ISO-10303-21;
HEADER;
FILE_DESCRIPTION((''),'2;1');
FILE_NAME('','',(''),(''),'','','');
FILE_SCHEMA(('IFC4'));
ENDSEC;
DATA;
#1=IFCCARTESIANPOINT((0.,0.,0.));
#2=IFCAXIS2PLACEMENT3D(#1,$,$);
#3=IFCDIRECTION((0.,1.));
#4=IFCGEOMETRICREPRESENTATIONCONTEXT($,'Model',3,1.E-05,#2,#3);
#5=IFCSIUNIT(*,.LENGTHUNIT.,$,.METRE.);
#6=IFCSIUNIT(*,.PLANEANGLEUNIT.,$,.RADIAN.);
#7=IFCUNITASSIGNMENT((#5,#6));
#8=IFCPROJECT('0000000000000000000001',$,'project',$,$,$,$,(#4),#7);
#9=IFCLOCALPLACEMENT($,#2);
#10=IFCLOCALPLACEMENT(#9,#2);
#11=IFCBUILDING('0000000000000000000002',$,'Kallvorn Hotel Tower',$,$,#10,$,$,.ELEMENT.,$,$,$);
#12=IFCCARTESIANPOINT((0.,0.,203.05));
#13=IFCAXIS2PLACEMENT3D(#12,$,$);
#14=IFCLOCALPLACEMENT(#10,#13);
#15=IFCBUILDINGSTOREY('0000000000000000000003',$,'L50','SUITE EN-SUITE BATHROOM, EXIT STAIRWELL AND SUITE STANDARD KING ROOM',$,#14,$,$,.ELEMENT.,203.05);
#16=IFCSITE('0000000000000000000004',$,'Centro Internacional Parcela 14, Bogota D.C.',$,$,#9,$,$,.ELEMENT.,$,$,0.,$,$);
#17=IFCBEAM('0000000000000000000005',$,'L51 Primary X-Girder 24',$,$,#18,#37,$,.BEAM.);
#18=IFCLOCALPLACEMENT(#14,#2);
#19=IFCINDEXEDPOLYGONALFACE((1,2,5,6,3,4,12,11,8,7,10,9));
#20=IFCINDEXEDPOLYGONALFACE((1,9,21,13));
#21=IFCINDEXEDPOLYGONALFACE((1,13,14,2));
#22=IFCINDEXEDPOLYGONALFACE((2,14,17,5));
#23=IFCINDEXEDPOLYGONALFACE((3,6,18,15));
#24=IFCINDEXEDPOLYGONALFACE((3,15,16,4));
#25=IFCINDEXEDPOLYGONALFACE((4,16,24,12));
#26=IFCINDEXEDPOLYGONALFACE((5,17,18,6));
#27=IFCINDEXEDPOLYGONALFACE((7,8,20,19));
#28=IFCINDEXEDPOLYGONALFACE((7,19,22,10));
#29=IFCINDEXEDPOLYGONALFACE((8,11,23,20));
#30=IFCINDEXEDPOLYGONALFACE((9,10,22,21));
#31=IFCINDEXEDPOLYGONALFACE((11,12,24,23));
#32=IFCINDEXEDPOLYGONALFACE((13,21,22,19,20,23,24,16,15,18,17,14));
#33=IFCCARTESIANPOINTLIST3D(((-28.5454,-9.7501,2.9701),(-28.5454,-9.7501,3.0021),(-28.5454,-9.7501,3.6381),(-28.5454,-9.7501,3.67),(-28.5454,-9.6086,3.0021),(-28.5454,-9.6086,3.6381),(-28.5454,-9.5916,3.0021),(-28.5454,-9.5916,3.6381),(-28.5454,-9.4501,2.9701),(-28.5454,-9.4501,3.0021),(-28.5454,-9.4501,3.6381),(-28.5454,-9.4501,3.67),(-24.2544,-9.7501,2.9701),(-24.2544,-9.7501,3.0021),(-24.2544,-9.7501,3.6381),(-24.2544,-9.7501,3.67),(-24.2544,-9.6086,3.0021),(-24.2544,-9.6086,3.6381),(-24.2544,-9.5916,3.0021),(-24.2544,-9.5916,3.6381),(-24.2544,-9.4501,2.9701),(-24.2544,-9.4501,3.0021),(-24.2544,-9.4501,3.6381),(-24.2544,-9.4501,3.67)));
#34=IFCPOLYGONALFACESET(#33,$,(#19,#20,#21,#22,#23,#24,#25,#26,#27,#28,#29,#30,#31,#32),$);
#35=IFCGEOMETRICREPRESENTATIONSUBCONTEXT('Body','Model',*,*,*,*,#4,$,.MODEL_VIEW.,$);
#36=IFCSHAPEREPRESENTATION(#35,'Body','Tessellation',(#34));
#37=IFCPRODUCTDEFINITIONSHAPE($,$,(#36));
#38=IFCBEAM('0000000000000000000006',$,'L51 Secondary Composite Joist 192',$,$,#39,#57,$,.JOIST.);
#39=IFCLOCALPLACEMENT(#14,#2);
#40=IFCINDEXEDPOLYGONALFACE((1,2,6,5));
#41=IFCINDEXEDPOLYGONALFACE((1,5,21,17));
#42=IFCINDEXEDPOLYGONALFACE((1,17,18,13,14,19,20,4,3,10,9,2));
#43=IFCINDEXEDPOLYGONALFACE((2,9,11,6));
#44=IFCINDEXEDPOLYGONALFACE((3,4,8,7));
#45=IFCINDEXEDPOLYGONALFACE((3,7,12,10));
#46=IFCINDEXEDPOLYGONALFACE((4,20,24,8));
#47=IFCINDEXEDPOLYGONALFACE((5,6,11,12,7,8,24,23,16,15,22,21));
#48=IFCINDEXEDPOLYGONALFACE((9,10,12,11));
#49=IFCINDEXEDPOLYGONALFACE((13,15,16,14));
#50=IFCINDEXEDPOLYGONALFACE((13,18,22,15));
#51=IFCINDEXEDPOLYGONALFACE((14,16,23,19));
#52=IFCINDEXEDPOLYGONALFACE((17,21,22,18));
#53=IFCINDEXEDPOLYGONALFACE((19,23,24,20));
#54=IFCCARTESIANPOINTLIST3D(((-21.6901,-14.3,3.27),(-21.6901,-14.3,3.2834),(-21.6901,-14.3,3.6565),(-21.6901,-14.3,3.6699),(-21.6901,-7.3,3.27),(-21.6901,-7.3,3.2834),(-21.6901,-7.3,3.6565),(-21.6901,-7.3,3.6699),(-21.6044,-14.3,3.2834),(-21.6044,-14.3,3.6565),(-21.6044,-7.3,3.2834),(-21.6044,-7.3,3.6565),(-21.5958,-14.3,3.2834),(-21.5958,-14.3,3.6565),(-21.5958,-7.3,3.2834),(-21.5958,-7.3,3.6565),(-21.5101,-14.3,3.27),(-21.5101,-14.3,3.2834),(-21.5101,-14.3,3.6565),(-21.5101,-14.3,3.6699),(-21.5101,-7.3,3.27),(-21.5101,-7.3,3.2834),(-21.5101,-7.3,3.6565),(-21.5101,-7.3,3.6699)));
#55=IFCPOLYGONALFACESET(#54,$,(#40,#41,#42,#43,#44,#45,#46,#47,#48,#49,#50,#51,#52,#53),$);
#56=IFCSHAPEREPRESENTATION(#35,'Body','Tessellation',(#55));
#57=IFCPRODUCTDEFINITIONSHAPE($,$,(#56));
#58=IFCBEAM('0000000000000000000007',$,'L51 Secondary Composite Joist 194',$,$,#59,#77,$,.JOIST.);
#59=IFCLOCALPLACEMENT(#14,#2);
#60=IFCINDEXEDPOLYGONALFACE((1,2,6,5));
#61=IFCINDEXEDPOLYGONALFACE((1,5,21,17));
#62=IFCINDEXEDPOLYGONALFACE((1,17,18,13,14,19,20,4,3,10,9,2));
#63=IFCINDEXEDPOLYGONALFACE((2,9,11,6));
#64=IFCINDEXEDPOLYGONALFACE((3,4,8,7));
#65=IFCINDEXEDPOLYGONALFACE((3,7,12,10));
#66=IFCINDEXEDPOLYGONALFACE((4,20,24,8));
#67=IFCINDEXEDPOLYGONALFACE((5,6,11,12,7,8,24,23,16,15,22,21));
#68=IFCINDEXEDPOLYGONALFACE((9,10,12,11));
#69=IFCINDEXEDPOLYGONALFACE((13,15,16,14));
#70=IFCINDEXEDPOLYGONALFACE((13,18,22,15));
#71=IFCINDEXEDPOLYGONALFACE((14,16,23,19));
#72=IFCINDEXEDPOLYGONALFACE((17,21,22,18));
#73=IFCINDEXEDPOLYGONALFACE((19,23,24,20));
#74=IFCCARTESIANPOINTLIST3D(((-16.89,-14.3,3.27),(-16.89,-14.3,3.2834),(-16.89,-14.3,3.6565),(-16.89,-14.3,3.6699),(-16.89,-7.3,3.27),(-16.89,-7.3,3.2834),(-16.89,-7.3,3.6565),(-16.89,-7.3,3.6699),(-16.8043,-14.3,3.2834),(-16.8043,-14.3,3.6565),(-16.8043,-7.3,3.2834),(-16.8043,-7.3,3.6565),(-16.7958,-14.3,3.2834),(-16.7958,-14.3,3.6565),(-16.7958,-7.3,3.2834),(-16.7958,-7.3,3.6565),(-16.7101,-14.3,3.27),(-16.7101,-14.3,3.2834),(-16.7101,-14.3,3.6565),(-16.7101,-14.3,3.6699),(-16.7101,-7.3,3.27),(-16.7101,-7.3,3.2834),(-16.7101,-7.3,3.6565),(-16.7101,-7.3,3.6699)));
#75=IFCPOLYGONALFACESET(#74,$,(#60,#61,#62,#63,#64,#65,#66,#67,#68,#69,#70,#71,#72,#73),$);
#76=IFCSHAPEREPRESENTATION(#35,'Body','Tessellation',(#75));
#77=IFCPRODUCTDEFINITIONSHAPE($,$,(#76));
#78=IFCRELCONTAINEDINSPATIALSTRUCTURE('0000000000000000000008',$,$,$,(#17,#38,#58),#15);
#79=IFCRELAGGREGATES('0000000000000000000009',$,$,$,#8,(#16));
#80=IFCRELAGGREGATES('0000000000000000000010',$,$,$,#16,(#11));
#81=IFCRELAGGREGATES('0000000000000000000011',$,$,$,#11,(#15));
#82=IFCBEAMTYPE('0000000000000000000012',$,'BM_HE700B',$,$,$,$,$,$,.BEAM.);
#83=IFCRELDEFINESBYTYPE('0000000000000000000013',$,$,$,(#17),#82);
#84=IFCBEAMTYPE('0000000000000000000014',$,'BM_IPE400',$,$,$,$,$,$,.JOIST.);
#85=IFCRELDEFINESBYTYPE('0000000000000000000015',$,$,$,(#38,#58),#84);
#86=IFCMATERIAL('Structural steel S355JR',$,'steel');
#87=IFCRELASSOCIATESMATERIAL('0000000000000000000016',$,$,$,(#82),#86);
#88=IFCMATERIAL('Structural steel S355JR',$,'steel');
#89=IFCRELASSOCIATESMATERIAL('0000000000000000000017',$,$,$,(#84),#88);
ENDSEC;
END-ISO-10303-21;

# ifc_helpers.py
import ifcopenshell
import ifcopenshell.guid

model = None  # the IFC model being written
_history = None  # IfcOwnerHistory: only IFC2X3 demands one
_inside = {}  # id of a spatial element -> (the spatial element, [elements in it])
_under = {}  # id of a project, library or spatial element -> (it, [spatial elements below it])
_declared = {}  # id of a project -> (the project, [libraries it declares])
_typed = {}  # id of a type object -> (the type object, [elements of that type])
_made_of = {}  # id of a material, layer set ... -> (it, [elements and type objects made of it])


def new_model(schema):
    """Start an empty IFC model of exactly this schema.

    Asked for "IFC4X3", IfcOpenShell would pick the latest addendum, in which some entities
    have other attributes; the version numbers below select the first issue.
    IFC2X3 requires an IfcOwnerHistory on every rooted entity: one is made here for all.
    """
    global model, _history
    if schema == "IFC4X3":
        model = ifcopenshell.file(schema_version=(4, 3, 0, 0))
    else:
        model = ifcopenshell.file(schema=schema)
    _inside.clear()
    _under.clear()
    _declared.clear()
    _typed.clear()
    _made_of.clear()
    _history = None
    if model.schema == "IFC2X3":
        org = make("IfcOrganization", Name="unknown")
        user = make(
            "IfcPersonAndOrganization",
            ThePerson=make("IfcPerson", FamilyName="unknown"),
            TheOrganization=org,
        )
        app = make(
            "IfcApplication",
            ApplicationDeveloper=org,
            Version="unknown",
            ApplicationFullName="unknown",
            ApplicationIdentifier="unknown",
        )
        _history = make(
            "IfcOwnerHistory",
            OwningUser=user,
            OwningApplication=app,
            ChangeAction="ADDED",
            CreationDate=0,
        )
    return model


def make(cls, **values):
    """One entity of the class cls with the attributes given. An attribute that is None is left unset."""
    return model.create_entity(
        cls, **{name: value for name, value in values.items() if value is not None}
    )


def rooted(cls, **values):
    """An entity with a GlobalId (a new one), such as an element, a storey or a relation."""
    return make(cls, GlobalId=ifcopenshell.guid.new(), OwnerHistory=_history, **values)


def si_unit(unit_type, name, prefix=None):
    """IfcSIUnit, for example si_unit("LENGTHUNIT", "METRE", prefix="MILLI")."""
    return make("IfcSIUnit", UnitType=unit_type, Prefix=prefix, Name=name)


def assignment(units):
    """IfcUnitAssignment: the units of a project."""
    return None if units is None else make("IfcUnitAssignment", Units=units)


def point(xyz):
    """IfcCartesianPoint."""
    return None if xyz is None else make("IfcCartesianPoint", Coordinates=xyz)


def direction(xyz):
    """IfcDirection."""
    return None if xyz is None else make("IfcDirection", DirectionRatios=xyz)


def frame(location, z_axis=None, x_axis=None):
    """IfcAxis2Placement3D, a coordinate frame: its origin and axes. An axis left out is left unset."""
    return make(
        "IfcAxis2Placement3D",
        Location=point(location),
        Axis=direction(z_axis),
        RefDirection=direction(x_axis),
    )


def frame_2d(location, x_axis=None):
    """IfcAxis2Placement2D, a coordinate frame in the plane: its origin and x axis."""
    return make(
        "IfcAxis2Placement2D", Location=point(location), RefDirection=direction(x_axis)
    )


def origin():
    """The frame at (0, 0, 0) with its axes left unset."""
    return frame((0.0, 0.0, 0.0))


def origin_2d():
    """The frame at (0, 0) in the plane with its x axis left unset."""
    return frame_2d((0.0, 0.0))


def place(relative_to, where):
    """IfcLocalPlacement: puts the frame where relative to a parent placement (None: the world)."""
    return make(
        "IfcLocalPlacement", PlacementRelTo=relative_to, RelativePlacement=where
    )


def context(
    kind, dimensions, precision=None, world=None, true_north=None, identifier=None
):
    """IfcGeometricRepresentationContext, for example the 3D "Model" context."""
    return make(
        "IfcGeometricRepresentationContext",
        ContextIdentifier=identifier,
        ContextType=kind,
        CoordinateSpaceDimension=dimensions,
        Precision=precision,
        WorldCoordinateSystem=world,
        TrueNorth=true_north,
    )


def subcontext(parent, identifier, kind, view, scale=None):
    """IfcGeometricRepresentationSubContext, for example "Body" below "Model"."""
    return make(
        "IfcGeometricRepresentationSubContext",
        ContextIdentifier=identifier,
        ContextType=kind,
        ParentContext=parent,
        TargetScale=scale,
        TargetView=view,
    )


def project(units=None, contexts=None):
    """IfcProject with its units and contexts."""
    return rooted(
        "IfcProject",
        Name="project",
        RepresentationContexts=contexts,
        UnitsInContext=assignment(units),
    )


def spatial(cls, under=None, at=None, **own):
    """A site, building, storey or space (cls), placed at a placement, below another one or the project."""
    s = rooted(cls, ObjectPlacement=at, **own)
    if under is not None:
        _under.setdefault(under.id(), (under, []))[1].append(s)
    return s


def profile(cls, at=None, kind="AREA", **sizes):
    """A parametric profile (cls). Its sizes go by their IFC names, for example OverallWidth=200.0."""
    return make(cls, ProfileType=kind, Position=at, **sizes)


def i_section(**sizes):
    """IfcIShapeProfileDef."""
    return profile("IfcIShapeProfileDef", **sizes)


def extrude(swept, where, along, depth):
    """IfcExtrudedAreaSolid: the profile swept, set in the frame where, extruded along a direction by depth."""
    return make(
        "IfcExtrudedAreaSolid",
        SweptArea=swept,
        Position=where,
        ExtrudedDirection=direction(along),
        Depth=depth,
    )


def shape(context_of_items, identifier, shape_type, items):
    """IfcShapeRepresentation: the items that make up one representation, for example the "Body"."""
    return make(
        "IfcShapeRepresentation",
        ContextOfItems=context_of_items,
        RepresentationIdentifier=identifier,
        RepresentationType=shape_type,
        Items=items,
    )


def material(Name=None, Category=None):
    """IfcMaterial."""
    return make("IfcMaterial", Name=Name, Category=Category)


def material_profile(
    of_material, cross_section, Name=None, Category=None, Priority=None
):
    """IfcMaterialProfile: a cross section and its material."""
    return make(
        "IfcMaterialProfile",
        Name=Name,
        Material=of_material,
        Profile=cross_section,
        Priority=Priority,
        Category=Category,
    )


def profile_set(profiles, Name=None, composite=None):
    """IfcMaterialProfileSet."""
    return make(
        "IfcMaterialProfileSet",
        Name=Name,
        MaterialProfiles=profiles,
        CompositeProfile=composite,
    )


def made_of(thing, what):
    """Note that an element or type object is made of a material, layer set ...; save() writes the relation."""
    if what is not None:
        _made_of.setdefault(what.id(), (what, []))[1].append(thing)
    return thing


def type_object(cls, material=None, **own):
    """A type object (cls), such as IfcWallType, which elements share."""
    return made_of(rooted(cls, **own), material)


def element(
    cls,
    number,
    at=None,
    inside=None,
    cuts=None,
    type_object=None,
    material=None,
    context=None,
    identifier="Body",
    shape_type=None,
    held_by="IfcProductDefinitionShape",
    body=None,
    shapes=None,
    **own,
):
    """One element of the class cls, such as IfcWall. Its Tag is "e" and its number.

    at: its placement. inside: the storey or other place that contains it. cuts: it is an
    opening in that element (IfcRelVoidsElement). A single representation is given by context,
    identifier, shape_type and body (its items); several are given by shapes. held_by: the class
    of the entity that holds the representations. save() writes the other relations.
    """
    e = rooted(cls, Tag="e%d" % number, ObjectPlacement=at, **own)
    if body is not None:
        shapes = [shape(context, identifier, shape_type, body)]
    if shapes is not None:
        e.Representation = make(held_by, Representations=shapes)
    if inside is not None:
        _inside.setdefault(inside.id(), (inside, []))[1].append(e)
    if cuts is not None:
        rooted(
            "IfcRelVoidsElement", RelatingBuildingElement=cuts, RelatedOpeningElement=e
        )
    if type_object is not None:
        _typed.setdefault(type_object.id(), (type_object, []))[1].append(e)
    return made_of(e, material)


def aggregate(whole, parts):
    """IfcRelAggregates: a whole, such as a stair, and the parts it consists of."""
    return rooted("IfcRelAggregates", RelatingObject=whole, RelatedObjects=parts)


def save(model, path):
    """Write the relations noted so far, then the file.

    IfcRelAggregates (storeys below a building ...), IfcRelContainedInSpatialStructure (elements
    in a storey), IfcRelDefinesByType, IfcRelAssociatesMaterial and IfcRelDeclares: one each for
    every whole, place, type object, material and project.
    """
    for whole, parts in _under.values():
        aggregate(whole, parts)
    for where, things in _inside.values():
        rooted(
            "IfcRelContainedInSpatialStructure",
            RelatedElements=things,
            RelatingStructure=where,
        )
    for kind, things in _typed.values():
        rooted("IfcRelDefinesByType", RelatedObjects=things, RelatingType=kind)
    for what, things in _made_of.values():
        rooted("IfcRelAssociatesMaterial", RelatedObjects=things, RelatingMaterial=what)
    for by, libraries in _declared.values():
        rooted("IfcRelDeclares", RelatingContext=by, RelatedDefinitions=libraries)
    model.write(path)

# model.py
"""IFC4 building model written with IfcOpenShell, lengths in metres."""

from ifc_helpers import new_model, si_unit, direction, frame, origin, origin_2d, place, context, subcontext, project, spatial, i_section, extrude, material, material_profile, profile_set, type_object, element, save


model = new_model("IFC4")

# Units and contexts
model_context = context("Model", 3, precision=1e-05, world=origin(), true_north=direction((0.0, 1.0)))
body_context = subcontext(model_context, "Body", "Model", "MODEL_VIEW")
ifc_project = project(units=[si_unit("LENGTHUNIT", "METRE"), si_unit("PLANEANGLEUNIT", "RADIAN")], contexts=[model_context])

# Site, building, storey
site_placement = place(None, origin())
site = spatial("IfcSite", under=ifc_project, at=site_placement, Name="Centro Internacional Parcela 14, Bogota D.C.", CompositionType="ELEMENT", RefElevation=0.0)
building_placement = place(site_placement, origin())
building = spatial("IfcBuilding", under=site, at=building_placement, Name="Kallvorn Hotel Tower", CompositionType="ELEMENT")
storey_placement = place(building_placement, frame((0.0, 0.0, 203.05)))
storey = spatial("IfcBuildingStorey", under=building, at=storey_placement, Name="L50", Description="SUITE EN-SUITE BATHROOM, EXIT STAIRWELL AND SUITE STANDARD KING ROOM", CompositionType="ELEMENT", Elevation=203.05)

# Beams
ifc_material_1 = material(Name="Structural steel S355JR", Category="steel")
ifc_material_profile_1 = material_profile(ifc_material_1, i_section(OverallWidth=0.3, OverallDepth=0.7, WebThickness=0.0171, FlangeThickness=0.032, at=origin_2d()), Name="HE 700 B")
ifc_profile_set_1 = profile_set([ifc_material_profile_1], Name="Structural steel S355JR")
beam_type_1 = type_object("IfcBeamType", Name="BM_HE700B", PredefinedType="BEAM", material=ifc_profile_set_1)
beam_1_placement = place(storey_placement, frame((-28.5454, -9.6001, 3.3201), z_axis=(1.0, 0.0, 0.0), x_axis=(0.0, 1.0, 0.0)))
element("IfcBeam", 1, at=beam_1_placement, inside=storey, type_object=beam_type_1, Name="L51 Primary X-Girder 24", PredefinedType="BEAM", context=body_context, shape_type="SweptSolid", body=[
    extrude(i_section(OverallWidth=0.3, OverallDepth=0.7, WebThickness=0.0171, FlangeThickness=0.032, at=origin_2d()), origin(), (0.0, 0.0, 1.0), 4.291),
])
ifc_material_2 = material(Name="Structural steel S355JR", Category="steel")
ifc_material_profile_2 = material_profile(ifc_material_2, i_section(OverallWidth=0.1799, OverallDepth=0.3999, WebThickness=0.0085, FlangeThickness=0.0134, at=origin_2d()), Name="IPE 400")
ifc_profile_set_2 = profile_set([ifc_material_profile_2], Name="Structural steel S355JR")
beam_type_2 = type_object("IfcBeamType", Name="BM_IPE400", PredefinedType="JOIST", material=ifc_profile_set_2)
for number, where, z_axis, x_axis, name in (
    (2, (-21.6001, -14.3, 3.47), (0.0, 1.0, 0.0), (-1.0, 0.0, 0.0), "L51 Secondary Composite Joist 192"),
    (3, (-16.8, -14.3, 3.47), (0.0, 1.0, 0.0), (-1.0, 0.0, 0.0), "L51 Secondary Composite Joist 194"),
):
    element("IfcBeam", number, at=place(storey_placement, frame(where, z_axis=z_axis, x_axis=x_axis)), inside=storey, type_object=beam_type_2, Name=name, PredefinedType="JOIST", context=body_context, shape_type="SweptSolid", body=[
        extrude(i_section(OverallWidth=0.1799, OverallDepth=0.3999, WebThickness=0.0085, FlangeThickness=0.0134, at=origin_2d()), origin(), (0.0, 0.0, 1.0), 7.0),
    ])

save(model, "model.ifc")
